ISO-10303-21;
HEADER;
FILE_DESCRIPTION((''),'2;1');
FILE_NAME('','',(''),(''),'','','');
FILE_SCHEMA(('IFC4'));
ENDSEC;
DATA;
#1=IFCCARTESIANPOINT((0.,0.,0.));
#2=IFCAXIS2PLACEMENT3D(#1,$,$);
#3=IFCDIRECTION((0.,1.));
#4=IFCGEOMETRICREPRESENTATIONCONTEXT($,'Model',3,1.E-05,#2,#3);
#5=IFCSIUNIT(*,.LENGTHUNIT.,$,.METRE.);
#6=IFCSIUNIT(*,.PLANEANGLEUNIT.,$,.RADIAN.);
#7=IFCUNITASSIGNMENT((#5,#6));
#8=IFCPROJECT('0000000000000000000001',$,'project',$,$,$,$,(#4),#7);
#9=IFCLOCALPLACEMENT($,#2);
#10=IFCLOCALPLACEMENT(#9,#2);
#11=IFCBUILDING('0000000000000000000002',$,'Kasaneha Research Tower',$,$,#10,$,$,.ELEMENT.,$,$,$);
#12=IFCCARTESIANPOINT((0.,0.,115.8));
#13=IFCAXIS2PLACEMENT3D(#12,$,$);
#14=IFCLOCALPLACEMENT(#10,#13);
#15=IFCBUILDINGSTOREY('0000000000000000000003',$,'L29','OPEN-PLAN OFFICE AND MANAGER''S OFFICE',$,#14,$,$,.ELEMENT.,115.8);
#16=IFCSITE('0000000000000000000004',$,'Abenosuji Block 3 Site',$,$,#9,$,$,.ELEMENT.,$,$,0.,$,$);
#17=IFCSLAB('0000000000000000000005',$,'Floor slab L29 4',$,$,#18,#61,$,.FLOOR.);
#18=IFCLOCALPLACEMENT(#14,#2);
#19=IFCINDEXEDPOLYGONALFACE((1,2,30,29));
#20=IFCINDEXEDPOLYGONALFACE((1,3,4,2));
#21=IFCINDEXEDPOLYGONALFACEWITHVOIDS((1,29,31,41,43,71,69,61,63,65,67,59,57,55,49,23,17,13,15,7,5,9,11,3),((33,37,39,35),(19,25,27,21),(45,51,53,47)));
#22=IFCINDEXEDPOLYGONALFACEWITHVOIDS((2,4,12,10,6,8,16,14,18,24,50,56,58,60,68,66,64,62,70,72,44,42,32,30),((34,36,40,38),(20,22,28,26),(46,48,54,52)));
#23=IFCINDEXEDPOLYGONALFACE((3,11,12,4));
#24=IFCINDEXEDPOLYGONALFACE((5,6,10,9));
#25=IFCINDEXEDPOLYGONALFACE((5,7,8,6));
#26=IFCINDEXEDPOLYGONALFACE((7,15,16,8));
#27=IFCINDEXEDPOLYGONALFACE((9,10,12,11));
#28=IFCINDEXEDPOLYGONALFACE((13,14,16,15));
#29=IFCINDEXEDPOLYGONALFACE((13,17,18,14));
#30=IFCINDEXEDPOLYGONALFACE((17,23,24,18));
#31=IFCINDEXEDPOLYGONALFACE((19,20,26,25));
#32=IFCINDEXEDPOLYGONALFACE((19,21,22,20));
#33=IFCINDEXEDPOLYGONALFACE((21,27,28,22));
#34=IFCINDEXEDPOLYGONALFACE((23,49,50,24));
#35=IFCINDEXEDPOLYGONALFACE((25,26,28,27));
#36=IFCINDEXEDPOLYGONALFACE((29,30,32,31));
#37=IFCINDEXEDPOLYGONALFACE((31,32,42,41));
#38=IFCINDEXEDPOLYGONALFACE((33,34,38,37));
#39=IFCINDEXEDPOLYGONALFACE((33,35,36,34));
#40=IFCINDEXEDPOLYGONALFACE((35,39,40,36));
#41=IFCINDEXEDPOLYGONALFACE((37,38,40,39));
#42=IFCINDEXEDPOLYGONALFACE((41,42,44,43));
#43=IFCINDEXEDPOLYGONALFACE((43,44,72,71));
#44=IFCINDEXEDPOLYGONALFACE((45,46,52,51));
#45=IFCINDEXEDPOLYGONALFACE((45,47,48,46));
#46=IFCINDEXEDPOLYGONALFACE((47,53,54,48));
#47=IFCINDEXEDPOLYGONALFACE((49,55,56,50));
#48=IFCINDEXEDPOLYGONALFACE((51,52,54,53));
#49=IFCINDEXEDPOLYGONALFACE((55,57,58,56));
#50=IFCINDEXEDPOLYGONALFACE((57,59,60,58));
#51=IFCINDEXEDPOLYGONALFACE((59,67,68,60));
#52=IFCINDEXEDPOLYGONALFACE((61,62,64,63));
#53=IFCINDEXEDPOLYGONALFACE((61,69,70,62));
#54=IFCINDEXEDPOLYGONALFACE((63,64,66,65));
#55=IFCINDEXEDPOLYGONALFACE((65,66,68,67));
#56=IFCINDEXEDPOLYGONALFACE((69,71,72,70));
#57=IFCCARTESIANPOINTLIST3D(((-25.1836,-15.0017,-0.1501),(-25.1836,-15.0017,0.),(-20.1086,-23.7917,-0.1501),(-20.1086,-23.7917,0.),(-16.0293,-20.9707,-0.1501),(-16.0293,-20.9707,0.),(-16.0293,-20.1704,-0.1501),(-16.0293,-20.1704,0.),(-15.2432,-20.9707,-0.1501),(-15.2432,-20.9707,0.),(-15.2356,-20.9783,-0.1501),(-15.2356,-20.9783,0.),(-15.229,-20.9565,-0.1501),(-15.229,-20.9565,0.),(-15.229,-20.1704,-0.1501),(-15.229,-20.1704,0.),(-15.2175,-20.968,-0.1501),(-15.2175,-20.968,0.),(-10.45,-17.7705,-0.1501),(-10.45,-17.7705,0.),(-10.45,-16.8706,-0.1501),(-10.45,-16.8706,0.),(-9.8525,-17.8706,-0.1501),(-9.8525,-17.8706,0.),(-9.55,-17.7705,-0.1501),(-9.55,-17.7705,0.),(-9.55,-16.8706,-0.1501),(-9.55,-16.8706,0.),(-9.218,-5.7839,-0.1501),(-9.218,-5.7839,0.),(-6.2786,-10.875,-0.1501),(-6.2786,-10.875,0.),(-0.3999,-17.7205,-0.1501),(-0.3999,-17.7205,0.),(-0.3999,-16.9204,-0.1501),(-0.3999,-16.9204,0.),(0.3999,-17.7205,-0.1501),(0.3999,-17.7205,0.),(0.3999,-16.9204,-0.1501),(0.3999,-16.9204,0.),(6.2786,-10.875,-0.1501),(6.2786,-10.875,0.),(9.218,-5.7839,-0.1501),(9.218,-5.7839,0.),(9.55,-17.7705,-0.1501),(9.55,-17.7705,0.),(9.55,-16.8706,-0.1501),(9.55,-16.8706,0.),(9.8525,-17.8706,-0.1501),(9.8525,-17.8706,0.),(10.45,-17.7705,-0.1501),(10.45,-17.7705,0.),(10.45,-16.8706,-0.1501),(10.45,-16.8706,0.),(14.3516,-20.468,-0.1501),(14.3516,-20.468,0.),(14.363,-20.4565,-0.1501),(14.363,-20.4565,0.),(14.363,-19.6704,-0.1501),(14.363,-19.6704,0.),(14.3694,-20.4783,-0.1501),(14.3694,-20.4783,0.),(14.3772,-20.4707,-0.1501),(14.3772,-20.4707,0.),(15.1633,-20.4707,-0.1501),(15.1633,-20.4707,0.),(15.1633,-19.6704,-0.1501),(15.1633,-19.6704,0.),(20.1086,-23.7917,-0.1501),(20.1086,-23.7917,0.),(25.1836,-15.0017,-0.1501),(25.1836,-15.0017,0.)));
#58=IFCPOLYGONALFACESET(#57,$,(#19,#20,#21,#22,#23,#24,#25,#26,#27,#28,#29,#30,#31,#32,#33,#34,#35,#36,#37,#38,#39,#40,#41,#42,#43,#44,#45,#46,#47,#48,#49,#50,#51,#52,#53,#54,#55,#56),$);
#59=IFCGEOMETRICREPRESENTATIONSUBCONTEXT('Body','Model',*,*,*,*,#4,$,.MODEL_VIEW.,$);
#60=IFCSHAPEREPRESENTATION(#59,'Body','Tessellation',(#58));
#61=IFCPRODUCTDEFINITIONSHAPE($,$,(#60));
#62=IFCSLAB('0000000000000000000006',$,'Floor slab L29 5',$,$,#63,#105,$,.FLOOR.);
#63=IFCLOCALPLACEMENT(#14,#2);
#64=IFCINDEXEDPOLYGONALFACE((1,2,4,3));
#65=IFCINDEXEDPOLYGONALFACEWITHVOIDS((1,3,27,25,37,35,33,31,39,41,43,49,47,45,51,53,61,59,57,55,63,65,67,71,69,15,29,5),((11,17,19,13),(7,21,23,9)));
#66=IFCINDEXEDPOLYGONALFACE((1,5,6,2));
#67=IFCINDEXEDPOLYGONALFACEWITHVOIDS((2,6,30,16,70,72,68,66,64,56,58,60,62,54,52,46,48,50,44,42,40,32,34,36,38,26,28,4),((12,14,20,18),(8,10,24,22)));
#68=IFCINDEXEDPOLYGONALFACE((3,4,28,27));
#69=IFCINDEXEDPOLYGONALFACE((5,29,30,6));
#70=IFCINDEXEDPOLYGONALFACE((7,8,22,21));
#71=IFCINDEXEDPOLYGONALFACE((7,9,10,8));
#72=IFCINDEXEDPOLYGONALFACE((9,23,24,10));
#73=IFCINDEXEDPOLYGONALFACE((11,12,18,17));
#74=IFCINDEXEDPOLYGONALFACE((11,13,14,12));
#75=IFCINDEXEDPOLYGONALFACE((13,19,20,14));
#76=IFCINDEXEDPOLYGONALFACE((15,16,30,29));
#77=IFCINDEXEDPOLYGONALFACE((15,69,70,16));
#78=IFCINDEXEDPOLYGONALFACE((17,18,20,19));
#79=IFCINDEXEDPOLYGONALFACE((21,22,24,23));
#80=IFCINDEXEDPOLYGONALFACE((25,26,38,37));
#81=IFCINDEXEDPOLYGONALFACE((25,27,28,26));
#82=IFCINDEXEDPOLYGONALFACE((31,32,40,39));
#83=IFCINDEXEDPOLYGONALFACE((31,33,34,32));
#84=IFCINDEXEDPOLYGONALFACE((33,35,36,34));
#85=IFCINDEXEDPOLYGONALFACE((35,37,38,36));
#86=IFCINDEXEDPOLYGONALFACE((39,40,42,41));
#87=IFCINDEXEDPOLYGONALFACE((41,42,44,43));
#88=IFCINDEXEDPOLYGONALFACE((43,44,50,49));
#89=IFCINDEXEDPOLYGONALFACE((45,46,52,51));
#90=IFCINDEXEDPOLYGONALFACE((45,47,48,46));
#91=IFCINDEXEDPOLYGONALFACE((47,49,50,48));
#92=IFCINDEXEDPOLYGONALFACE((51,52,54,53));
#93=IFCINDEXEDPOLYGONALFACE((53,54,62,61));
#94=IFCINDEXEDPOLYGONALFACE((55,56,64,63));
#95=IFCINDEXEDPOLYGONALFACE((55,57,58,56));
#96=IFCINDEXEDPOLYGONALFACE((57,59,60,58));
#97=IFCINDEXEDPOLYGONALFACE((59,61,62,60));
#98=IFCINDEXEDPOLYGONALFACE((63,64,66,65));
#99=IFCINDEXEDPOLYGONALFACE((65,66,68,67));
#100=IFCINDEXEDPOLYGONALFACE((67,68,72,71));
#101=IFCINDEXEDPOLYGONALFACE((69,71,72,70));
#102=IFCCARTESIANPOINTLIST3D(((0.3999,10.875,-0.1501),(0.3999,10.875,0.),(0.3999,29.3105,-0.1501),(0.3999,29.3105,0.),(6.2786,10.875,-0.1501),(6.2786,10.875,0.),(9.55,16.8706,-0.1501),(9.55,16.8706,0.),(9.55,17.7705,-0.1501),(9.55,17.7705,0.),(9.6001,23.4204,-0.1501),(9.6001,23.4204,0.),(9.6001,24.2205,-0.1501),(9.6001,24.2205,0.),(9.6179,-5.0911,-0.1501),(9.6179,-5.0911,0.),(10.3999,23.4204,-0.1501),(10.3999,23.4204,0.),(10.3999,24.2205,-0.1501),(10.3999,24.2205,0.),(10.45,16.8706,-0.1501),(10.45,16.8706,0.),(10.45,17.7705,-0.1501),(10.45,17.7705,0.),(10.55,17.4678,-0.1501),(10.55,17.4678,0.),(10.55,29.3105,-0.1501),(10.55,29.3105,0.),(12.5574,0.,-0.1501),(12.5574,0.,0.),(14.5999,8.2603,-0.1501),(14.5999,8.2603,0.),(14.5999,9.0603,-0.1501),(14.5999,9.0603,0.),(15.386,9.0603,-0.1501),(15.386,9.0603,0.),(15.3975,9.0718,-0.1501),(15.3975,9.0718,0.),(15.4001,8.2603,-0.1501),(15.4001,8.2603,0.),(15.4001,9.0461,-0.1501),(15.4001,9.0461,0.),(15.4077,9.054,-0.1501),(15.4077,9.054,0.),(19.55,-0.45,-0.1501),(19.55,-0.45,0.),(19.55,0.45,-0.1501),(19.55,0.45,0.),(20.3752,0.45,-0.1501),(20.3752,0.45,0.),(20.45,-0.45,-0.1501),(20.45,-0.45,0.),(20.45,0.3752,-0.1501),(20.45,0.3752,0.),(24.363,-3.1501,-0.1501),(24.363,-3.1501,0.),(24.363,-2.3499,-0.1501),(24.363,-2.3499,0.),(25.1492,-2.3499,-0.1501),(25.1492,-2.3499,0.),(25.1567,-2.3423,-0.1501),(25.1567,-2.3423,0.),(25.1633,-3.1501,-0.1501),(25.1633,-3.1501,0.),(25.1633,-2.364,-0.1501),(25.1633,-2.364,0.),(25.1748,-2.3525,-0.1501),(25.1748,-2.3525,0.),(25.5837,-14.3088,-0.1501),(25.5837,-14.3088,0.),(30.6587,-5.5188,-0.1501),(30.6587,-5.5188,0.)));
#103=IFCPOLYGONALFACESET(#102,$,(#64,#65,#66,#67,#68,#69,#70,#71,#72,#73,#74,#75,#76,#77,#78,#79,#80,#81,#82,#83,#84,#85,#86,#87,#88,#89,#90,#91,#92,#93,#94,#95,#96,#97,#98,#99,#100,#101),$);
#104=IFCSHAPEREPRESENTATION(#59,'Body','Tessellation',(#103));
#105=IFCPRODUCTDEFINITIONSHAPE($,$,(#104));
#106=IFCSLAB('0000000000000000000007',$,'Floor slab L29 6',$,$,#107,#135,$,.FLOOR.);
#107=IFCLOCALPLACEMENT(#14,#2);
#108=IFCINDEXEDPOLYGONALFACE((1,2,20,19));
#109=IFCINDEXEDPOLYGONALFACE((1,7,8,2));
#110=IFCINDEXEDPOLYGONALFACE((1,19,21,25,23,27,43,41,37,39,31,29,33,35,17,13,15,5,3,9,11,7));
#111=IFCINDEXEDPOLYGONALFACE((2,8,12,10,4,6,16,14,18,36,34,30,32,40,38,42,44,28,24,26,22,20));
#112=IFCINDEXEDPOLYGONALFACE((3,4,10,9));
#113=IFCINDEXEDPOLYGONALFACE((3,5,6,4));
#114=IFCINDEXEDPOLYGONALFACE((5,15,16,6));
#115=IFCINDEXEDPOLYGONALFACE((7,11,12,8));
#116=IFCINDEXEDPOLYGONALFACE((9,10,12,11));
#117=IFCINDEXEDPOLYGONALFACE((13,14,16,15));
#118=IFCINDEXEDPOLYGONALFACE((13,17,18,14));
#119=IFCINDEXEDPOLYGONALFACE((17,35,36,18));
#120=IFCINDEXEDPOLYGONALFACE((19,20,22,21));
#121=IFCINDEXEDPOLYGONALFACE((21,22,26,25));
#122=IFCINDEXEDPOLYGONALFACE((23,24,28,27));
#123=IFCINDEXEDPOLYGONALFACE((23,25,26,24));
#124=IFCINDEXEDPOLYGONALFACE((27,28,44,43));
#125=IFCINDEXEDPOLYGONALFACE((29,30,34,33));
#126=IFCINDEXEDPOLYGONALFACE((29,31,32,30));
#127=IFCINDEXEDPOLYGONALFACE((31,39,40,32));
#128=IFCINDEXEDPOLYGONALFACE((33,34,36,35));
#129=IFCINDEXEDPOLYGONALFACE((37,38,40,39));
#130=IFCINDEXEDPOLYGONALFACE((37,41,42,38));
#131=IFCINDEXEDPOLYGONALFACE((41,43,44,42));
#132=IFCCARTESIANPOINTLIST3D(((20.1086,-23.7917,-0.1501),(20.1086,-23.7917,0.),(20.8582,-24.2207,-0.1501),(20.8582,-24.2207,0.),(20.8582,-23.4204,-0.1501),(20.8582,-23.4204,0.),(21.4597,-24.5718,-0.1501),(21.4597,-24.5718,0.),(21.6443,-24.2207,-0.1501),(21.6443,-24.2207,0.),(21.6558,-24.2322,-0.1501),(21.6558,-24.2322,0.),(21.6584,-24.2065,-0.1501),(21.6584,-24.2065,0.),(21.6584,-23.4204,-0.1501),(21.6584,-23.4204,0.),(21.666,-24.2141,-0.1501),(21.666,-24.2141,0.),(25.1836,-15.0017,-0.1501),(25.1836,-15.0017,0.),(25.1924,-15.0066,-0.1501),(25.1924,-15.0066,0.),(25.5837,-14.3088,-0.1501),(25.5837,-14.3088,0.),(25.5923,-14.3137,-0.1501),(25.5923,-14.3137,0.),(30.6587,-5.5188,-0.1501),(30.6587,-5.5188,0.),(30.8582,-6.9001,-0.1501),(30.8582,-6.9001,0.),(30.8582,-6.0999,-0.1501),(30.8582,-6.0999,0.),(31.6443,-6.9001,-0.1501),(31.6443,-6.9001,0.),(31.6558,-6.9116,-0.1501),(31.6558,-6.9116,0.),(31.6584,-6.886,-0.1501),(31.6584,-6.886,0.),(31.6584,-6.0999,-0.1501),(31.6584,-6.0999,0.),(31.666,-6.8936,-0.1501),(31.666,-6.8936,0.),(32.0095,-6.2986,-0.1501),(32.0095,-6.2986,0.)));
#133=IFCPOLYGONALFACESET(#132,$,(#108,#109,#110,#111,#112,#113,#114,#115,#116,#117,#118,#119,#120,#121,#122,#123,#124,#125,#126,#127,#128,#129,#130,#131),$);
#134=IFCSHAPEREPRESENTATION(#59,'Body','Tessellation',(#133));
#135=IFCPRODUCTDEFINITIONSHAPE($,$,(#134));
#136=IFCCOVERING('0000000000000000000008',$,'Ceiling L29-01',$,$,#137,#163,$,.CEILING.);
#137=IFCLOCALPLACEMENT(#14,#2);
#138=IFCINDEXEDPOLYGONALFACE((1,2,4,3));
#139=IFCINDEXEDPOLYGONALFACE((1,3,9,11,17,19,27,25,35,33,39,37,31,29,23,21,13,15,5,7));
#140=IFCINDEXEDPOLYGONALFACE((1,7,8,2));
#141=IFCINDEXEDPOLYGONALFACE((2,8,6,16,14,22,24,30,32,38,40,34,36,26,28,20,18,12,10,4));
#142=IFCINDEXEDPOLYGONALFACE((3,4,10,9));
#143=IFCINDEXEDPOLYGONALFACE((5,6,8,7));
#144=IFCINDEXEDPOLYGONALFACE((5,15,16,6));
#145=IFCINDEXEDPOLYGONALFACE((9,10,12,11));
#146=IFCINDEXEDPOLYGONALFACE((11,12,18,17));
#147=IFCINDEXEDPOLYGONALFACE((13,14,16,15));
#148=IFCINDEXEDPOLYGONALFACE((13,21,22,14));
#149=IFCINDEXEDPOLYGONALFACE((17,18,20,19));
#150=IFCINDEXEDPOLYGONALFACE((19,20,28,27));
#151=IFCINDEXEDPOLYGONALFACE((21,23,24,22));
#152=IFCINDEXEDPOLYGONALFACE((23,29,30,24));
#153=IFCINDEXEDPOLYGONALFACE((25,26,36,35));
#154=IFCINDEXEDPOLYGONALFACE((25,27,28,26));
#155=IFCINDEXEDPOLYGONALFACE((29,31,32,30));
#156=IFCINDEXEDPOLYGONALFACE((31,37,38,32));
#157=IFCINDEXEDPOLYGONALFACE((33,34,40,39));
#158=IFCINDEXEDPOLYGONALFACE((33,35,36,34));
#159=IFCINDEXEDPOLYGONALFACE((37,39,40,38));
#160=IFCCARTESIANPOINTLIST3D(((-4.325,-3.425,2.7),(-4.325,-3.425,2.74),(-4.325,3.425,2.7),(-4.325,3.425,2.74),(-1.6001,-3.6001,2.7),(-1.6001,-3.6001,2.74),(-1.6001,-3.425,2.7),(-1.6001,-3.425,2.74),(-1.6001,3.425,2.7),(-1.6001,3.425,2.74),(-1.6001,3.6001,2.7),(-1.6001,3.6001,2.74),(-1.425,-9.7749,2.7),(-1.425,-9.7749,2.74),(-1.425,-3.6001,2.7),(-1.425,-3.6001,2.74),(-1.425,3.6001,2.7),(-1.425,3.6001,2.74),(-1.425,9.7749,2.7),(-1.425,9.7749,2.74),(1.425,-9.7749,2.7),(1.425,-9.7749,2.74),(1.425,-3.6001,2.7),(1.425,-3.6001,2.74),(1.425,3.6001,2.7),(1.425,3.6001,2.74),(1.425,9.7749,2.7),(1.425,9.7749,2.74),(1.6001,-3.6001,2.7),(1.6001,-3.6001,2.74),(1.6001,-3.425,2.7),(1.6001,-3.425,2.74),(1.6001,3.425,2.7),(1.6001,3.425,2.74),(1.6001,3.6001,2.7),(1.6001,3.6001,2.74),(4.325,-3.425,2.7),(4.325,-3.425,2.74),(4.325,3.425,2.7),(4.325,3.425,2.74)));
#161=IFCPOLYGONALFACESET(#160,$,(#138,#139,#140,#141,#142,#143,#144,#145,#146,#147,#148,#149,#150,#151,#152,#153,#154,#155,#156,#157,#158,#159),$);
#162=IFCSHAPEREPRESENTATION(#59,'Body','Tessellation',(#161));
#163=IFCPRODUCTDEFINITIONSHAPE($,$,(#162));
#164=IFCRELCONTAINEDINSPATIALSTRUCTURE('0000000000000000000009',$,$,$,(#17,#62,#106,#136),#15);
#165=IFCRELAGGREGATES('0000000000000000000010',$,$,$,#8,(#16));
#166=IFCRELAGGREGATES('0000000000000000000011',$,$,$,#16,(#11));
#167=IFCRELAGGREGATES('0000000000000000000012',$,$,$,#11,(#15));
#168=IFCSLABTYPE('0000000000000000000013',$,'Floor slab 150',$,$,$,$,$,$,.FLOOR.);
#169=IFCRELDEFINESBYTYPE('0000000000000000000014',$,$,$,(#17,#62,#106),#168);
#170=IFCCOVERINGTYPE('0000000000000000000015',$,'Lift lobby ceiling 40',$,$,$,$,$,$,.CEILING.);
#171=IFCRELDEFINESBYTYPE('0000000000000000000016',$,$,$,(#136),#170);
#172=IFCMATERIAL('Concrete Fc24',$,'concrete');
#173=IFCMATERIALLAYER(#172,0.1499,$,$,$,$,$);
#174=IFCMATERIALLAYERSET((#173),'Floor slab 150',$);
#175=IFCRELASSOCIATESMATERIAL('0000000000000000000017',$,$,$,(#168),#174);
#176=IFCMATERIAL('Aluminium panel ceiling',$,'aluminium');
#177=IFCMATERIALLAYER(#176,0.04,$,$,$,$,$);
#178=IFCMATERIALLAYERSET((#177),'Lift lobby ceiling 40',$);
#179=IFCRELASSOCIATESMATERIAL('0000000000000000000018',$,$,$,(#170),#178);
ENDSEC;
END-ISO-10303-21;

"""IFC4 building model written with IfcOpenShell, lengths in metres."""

from ifc_helpers import new_model, si_unit, direction, frame, origin, place, context, subcontext, project, spatial, polyline, outline, extrude, material, layer, layer_set, type_object, element, save


model = new_model("IFC4")

# Units and contexts
model_context = context("Model", 3, precision=1e-05, world=origin(), true_north=direction((0.0, 1.0)))
body_context = subcontext(model_context, "Body", "Model", "MODEL_VIEW")
ifc_project = project(units=[si_unit("LENGTHUNIT", "METRE"), si_unit("PLANEANGLEUNIT", "RADIAN")], contexts=[model_context])

# Site, building, storey
site_placement = place(None, origin())
site = spatial("IfcSite", under=ifc_project, at=site_placement, Name="Abenosuji Block 3 Site", CompositionType="ELEMENT", RefElevation=0.0)
building_placement = place(site_placement, origin())
building = spatial("IfcBuilding", under=site, at=building_placement, Name="Kasaneha Research Tower", CompositionType="ELEMENT")
storey_placement = place(building_placement, frame((0.0, 0.0, 115.8)))
storey = spatial("IfcBuildingStorey", under=building, at=storey_placement, Name="L29", Description="OPEN-PLAN OFFICE AND MANAGER'S OFFICE", CompositionType="ELEMENT", Elevation=115.8)

# Slabs
ifc_material_1 = material(Name="Concrete Fc24", Category="concrete")
ifc_layer_1 = layer(ifc_material_1, 0.1499)
ifc_layer_set_1 = layer_set([ifc_layer_1], Name="Floor slab 150")
slab_type_1 = type_object("IfcSlabType", Name="Floor slab 150", PredefinedType="FLOOR", material=ifc_layer_set_1)
slab_1_placement = place(storey_placement, frame((0.0, 0.0, -0.1501)))
element("IfcSlab", 1, at=slab_1_placement, inside=storey, type_object=slab_type_1, Name="Floor slab L29 4", PredefinedType="FLOOR", context=body_context, shape_type="SweptSolid", body=[
    extrude(outline(polyline([(-6.2786, -10.875), (6.2786, -10.875), (9.218, -5.7839), (25.1836, -15.0017), (20.1086, -23.7917), (14.3694, -20.4783), (14.3772, -20.4707), (15.1633, -20.4707), (15.1633, -19.6704), (14.363, -19.6704), (14.363, -20.4565), (14.3516, -20.468), (9.8525, -17.8706), (-9.8525, -17.8706), (-15.2175, -20.968), (-15.229, -20.9565), (-15.229, -20.1704), (-16.0293, -20.1704), (-16.0293, -20.9707), (-15.2432, -20.9707), (-15.2356, -20.9783), (-20.1086, -23.7917), (-25.1836, -15.0017), (-9.218, -5.7839), (-6.2786, -10.875)]), holes=[polyline([(0.3999, -17.7205), (0.3999, -16.9204), (-0.3999, -16.9204), (-0.3999, -17.7205), (0.3999, -17.7205)]), polyline([(-9.55, -16.8706), (-10.45, -16.8706), (-10.45, -17.7705), (-9.55, -17.7705), (-9.55, -16.8706)]), polyline([(10.45, -16.8706), (9.55, -16.8706), (9.55, -17.7705), (10.45, -17.7705), (10.45, -16.8706)])]), origin(), (0.0, 0.0, 1.0), 0.1501),
])
slab_2_placement = place(storey_placement, frame((0.0, 0.0, -0.1501)))
element("IfcSlab", 2, at=slab_2_placement, inside=storey, type_object=slab_type_1, Name="Floor slab L29 5", PredefinedType="FLOOR", context=body_context, shape_type="SweptSolid", body=[
    extrude(outline(polyline([(9.6179, -5.0911), (12.5574, 0.0), (6.2786, 10.875), (0.3999, 10.875), (0.3999, 29.3105), (10.55, 29.3105), (10.55, 17.4678), (15.3975, 9.0718), (15.386, 9.0603), (14.5999, 9.0603), (14.5999, 8.2603), (15.4001, 8.2603), (15.4001, 9.0461), (15.4077, 9.054), (20.3752, 0.45), (19.55, 0.45), (19.55, -0.45), (20.45, -0.45), (20.45, 0.3752), (25.1567, -2.3423), (25.1492, -2.3499), (24.363, -2.3499), (24.363, -3.1501), (25.1633, -3.1501), (25.1633, -2.364), (25.1748, -2.3525), (30.6587, -5.5188), (25.5837, -14.3088), (9.6179, -5.0911)]), holes=[polyline([(10.45, 16.8706), (10.45, 17.7705), (9.55, 17.7705), (9.55, 16.8706), (10.45, 16.8706)]), polyline([(10.3999, 23.4204), (10.3999, 24.2205), (9.6001, 24.2205), (9.6001, 23.4204), (10.3999, 23.4204)])]), origin(), (0.0, 0.0, 1.0), 0.1501),
])
slab_3_placement = place(storey_placement, frame((0.0, 0.0, -0.1501)))
element("IfcSlab", 3, at=slab_3_placement, inside=storey, type_object=slab_type_1, Name="Floor slab L29 6", PredefinedType="FLOOR", context=body_context, shape_type="SweptSolid", body=[
    extrude(outline(polyline([(25.1924, -15.0066), (25.5923, -14.3137), (25.5837, -14.3088), (30.6587, -5.5188), (32.0095, -6.2986), (31.666, -6.8936), (31.6584, -6.886), (31.6584, -6.0999), (30.8582, -6.0999), (30.8582, -6.9001), (31.6443, -6.9001), (31.6558, -6.9116), (21.666, -24.2141), (21.6584, -24.2065), (21.6584, -23.4204), (20.8582, -23.4204), (20.8582, -24.2207), (21.6443, -24.2207), (21.6558, -24.2322), (21.4597, -24.5718), (20.1086, -23.7917), (25.1836, -15.0017), (25.1924, -15.0066)])), origin(), (0.0, 0.0, 1.0), 0.1501),
])

# Covering
ifc_material_2 = material(Name="Aluminium panel ceiling", Category="aluminium")
ifc_layer_2 = layer(ifc_material_2, 0.04)
ifc_layer_set_2 = layer_set([ifc_layer_2], Name="Lift lobby ceiling 40")
covering_type_1 = type_object("IfcCoveringType", Name="Lift lobby ceiling 40", PredefinedType="CEILING", material=ifc_layer_set_2)
covering_1_placement = place(storey_placement, frame((0.0, 0.0, 2.7)))
element("IfcCovering", 4, at=covering_1_placement, inside=storey, type_object=covering_type_1, Name="Ceiling L29-01", PredefinedType="CEILING", context=body_context, shape_type="SweptSolid", body=[
    extrude(outline(polyline([(1.425, 9.7749), (1.425, 3.6001), (1.6001, 3.6001), (1.6001, 3.425), (4.325, 3.425), (4.325, -3.425), (1.6001, -3.425), (1.6001, -3.6001), (1.425, -3.6001), (1.425, -9.7749), (-1.425, -9.7749), (-1.425, -3.6001), (-1.6001, -3.6001), (-1.6001, -3.425), (-4.325, -3.425), (-4.325, 3.425), (-1.6001, 3.425), (-1.6001, 3.6001), (-1.425, 3.6001), (-1.425, 9.7749), (1.425, 9.7749)])), origin(), (0.0, 0.0, 1.0), 0.04),
])

save(model, "model.ifc")
